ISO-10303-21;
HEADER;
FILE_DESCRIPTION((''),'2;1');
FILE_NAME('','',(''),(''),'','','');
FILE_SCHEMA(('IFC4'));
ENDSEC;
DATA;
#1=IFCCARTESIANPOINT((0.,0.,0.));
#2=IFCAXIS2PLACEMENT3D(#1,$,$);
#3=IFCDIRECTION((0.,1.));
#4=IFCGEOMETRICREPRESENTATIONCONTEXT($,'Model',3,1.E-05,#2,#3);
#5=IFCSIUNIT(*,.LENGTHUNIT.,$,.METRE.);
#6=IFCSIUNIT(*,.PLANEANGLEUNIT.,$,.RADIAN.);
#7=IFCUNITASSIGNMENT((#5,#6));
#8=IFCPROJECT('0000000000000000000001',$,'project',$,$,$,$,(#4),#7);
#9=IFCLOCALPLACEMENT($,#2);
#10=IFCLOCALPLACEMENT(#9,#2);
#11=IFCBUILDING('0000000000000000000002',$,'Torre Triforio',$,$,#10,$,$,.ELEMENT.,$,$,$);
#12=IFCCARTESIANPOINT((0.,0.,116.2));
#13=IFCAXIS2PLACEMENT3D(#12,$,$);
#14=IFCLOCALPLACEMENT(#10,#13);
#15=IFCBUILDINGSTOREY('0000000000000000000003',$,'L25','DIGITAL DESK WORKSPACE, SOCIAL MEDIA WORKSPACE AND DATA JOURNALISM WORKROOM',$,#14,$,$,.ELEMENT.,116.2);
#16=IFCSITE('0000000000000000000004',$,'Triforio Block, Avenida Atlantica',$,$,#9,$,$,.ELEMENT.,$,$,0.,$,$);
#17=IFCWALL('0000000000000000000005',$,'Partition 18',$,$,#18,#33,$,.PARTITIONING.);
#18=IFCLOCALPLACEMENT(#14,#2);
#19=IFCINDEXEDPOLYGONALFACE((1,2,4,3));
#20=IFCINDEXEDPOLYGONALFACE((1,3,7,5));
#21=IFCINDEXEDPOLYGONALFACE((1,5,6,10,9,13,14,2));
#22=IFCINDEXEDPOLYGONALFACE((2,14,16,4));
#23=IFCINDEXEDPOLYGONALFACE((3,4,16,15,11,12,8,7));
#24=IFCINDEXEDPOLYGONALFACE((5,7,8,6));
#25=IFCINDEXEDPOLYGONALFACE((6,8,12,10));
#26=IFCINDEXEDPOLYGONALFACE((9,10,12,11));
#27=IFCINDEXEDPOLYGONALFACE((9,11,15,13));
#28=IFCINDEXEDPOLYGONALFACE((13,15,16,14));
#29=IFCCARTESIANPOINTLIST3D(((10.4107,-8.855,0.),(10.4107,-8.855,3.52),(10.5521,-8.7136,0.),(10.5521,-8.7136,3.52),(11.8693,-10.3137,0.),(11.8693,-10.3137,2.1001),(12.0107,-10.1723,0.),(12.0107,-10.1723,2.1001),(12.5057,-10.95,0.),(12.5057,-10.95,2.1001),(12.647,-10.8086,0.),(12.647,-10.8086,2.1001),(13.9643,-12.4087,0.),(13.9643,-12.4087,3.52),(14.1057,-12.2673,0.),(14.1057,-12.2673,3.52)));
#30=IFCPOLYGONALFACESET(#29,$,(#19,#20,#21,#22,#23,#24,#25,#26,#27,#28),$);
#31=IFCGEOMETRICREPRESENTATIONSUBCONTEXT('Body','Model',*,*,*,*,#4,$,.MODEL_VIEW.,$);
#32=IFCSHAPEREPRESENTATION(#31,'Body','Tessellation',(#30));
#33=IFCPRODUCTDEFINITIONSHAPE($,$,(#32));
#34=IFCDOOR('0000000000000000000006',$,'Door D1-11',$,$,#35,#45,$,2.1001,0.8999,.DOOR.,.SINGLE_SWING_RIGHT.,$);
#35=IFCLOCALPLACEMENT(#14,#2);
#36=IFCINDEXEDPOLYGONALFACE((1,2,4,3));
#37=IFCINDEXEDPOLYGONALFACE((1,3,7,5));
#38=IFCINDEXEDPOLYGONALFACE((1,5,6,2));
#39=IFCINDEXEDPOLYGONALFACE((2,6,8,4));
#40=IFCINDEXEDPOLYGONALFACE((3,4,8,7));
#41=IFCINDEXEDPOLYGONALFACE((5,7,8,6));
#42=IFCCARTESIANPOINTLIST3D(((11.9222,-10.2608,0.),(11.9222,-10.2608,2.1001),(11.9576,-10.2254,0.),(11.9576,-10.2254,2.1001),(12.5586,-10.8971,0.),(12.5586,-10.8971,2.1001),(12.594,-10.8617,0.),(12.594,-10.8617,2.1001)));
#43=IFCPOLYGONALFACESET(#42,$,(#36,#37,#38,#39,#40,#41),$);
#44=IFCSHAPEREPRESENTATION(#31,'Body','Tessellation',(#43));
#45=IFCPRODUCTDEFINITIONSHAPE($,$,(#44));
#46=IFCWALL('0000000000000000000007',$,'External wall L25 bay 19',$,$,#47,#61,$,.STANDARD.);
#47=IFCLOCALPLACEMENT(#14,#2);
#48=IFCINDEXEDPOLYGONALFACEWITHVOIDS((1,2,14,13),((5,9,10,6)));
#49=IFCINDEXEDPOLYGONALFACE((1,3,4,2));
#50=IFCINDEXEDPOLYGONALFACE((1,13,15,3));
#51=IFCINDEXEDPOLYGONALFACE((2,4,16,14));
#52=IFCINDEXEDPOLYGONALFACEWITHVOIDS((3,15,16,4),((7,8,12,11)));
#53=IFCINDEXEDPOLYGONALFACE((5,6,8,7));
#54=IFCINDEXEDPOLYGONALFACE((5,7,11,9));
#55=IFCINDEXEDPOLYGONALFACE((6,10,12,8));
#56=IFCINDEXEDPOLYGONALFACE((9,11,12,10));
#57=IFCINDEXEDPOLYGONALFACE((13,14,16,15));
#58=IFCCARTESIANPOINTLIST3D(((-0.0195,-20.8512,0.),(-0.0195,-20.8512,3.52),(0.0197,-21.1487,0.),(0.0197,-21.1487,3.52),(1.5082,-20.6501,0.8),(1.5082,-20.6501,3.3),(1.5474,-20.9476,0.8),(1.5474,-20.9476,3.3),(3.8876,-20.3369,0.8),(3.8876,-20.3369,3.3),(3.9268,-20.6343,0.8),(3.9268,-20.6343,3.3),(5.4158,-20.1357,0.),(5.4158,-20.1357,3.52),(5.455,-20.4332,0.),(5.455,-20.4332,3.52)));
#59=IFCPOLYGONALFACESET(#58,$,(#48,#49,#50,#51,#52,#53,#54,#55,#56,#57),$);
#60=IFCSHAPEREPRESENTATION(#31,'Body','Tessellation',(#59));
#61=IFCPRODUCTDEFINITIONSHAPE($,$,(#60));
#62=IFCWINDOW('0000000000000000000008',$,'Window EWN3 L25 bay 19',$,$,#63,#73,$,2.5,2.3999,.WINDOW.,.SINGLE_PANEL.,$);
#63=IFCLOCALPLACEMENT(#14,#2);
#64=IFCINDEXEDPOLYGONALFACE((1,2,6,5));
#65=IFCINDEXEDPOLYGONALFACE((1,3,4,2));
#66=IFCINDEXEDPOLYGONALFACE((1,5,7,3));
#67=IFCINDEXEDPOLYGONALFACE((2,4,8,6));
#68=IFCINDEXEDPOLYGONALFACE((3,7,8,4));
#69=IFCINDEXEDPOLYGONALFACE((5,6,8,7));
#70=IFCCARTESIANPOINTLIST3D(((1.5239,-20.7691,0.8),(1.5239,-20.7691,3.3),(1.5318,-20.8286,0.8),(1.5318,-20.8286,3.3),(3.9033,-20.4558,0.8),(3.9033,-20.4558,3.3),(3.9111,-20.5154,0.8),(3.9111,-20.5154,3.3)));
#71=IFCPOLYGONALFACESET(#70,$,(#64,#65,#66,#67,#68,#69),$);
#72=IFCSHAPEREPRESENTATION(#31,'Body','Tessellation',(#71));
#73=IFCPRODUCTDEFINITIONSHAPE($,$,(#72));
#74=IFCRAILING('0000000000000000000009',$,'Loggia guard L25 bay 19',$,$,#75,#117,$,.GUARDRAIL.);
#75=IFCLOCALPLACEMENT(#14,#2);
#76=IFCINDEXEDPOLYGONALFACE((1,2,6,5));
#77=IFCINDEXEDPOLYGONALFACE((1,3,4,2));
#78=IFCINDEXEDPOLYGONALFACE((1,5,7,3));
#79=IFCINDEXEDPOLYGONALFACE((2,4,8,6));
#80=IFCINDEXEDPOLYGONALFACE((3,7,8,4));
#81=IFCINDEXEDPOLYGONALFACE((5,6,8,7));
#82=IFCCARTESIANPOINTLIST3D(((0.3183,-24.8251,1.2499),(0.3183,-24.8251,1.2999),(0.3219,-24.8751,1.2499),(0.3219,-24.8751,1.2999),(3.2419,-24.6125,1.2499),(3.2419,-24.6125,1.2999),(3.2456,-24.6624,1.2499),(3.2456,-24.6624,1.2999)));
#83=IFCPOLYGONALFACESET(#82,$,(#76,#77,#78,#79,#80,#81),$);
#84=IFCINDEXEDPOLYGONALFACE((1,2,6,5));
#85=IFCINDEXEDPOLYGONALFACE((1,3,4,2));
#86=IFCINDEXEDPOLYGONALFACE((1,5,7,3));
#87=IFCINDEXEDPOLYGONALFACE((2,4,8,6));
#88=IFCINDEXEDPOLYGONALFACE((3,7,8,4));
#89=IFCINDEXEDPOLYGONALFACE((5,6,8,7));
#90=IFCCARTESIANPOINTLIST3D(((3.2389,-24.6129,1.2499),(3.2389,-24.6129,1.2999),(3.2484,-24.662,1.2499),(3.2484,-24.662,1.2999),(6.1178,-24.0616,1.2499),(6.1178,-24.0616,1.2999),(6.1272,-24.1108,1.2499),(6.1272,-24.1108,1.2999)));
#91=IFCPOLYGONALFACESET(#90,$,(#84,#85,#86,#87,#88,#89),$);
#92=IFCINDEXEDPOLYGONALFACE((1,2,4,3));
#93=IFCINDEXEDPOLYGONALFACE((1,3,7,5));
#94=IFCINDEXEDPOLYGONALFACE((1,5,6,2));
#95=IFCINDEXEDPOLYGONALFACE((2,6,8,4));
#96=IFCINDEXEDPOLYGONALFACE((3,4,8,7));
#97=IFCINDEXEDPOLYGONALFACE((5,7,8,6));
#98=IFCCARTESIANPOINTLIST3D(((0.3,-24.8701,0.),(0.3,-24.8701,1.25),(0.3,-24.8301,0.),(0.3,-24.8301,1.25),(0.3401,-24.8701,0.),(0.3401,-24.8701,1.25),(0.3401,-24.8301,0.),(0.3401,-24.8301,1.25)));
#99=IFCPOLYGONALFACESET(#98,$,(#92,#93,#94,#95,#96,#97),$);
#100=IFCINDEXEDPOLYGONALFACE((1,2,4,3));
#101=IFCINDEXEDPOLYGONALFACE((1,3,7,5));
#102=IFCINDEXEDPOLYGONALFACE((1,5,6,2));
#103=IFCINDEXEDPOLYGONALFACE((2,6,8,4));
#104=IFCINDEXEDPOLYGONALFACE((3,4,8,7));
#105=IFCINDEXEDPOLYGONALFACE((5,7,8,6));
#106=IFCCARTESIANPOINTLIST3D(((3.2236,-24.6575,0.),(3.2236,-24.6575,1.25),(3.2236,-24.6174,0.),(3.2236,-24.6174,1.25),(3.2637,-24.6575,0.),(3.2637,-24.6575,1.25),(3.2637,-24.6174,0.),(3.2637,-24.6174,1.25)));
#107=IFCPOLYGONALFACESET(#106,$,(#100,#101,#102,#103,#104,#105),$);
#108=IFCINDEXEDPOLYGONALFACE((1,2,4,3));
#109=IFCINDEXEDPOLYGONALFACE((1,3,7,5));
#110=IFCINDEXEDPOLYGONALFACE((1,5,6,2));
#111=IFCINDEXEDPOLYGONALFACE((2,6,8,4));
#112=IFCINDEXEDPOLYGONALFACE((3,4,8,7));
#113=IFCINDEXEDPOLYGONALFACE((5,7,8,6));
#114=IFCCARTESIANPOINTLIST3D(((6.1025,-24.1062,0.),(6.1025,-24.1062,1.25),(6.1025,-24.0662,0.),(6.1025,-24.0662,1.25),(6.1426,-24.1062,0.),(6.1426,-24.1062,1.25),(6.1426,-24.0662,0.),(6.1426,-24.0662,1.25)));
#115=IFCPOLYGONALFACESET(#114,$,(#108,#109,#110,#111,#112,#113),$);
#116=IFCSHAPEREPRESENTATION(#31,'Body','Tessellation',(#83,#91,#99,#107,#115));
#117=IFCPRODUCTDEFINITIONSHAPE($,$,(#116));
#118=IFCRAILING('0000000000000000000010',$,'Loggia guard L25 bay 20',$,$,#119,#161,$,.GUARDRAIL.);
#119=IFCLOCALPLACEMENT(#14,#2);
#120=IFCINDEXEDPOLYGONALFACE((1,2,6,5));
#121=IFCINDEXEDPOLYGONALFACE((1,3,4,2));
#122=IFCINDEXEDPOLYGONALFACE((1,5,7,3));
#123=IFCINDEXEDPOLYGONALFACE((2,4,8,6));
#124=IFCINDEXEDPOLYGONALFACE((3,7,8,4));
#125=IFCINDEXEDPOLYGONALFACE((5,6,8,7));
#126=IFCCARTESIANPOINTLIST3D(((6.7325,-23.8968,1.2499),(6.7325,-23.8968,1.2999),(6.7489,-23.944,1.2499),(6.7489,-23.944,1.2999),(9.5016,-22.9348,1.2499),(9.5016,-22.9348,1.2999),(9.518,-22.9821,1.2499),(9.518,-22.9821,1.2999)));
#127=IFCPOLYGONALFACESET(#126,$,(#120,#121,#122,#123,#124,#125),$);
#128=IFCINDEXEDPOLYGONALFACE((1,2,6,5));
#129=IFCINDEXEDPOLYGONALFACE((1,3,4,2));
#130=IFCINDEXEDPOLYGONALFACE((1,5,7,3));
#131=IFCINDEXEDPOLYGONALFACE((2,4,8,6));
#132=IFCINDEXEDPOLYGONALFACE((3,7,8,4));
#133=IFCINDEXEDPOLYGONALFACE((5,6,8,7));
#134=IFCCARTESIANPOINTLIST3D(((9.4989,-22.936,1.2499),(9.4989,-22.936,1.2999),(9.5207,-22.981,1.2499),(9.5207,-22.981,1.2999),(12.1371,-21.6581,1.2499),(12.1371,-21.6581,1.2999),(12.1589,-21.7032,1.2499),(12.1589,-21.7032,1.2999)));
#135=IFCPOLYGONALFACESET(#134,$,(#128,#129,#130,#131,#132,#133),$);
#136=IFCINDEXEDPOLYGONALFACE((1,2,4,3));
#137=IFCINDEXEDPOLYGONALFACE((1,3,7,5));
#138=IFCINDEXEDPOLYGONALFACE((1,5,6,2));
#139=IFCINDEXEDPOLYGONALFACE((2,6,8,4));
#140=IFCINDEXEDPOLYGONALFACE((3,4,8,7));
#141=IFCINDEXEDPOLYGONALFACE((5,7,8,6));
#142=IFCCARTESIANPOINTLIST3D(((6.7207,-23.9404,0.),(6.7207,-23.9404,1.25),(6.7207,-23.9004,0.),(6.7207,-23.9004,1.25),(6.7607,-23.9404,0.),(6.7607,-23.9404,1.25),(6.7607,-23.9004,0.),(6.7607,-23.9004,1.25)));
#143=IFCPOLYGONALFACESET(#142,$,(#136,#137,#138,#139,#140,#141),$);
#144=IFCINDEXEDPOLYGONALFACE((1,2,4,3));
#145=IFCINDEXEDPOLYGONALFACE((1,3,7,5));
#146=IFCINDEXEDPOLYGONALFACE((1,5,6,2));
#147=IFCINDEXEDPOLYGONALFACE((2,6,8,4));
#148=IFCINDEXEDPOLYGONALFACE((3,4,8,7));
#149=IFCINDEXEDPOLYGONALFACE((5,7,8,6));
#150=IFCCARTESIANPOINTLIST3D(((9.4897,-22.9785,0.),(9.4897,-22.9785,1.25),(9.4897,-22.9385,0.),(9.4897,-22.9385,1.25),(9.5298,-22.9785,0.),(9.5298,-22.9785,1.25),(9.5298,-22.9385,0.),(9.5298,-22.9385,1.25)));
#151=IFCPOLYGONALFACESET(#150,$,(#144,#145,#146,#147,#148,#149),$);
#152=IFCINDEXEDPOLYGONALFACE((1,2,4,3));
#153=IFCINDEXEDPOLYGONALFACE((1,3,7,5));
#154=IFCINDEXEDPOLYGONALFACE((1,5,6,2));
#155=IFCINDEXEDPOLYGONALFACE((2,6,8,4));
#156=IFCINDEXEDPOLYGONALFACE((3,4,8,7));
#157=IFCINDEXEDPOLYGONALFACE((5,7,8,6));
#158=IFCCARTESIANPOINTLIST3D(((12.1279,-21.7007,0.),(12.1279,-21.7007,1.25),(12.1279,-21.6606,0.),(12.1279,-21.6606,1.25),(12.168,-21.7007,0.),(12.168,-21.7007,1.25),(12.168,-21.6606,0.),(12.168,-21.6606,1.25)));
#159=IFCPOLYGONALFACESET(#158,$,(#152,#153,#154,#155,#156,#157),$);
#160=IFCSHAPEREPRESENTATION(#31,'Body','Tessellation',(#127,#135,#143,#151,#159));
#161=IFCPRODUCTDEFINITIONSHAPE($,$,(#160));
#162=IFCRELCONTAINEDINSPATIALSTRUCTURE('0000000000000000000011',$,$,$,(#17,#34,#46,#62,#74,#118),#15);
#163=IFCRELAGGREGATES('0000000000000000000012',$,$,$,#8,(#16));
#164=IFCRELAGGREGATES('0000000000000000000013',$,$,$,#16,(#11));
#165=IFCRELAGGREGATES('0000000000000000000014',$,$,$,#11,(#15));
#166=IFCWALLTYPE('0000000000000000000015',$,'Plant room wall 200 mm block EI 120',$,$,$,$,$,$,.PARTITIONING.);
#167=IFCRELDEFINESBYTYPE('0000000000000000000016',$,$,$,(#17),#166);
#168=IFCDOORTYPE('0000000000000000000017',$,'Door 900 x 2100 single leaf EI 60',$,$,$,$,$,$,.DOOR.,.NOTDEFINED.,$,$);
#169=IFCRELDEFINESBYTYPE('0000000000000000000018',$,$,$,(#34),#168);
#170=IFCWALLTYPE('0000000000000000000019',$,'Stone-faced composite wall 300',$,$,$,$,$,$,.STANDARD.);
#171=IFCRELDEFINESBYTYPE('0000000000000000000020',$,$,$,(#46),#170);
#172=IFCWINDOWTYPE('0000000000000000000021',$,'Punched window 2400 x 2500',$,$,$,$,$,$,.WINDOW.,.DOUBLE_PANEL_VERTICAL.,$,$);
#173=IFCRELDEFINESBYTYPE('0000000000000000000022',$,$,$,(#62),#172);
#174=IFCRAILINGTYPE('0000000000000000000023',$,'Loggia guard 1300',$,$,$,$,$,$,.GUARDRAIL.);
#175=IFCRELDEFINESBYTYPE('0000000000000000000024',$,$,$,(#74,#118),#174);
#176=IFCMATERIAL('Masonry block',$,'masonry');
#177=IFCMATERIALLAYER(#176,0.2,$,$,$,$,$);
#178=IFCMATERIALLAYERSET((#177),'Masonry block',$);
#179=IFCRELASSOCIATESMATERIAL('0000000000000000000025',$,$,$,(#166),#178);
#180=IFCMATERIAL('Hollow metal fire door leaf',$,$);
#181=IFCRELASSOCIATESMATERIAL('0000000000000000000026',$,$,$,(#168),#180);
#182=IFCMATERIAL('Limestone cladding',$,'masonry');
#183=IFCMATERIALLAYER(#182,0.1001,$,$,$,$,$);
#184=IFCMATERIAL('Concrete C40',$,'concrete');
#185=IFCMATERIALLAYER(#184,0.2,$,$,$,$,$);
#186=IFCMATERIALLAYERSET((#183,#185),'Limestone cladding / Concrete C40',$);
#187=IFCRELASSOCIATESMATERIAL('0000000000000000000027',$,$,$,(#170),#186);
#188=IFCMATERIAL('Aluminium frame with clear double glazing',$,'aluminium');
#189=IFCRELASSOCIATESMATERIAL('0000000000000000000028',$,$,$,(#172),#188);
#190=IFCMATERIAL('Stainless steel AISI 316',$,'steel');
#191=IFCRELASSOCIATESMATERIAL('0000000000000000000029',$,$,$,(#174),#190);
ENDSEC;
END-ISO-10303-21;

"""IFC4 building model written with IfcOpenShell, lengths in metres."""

from ifc_helpers import new_model, si_unit, direction, frame, frame_2d, origin, origin_2d, place, context, subcontext, project, spatial, rectangle, extrude, material, layer, layer_set, type_object, element, fill, save


model = new_model("IFC4")

# Units and contexts
model_context = context("Model", 3, precision=1e-05, world=origin(), true_north=direction((0.0, 1.0)))
body_context = subcontext(model_context, "Body", "Model", "MODEL_VIEW")
ifc_project = project(units=[si_unit("LENGTHUNIT", "METRE"), si_unit("PLANEANGLEUNIT", "RADIAN")], contexts=[model_context])

# Site, building, storey
site_placement = place(None, origin())
site = spatial("IfcSite", under=ifc_project, at=site_placement, Name="Triforio Block, Avenida Atlantica", CompositionType="ELEMENT", RefElevation=0.0)
building_placement = place(site_placement, origin())
building = spatial("IfcBuilding", under=site, at=building_placement, Name="Torre Triforio", CompositionType="ELEMENT")
storey_placement = place(building_placement, frame((0.0, 0.0, 116.2)))
storey = spatial("IfcBuildingStorey", under=building, at=storey_placement, Name="L25", Description="DIGITAL DESK WORKSPACE, SOCIAL MEDIA WORKSPACE AND DATA JOURNALISM WORKROOM", CompositionType="ELEMENT", Elevation=116.2)

# Wall, opening, door
ifc_material_1 = material(Name="Masonry block", Category="masonry")
ifc_layer_1 = layer(ifc_material_1, 0.2)
ifc_layer_set_1 = layer_set([ifc_layer_1], Name="Masonry block")
wall_type_1 = type_object("IfcWallType", Name="Plant room wall 200 mm block EI 120", PredefinedType="PARTITIONING", material=ifc_layer_set_1)
wall_1_placement = place(storey_placement, frame((10.4814, -8.7844, 0.0), z_axis=(0.0, 0.0, 1.0), x_axis=(0.707107, -0.707107, 0.0)))
wall_1 = element("IfcWall", 1, at=wall_1_placement, inside=storey, type_object=wall_type_1, Name="Partition 18", PredefinedType="PARTITIONING", context=body_context, shape_type="SweptSolid", body=[
    extrude(rectangle(XDim=5.0256, YDim=0.2, at=frame_2d((2.5127, 0.0))), origin(), (0.0, 0.0, 1.0), 3.52),
])
opening_1_placement = place(wall_1_placement, frame((2.0627, 0.0, 0.0)))
opening_1 = element("IfcOpeningElement", 2, at=opening_1_placement, cuts=wall_1, PredefinedType="OPENING", context=body_context, shape_type="SweptSolid", body=[
    extrude(rectangle(XDim=0.8999, YDim=2.1001, at=frame_2d((0.45, 1.05))), frame((0.0, 0.1099, 0.0), z_axis=(0.0, -1.0, 0.0), x_axis=(1.0, 0.0, 0.0)), (0.0, 0.0, 1.0), 0.22),
])
ifc_material_2 = material(Name="Hollow metal fire door leaf")
door_type_1 = type_object("IfcDoorType", Name="Door 900 x 2100 single leaf EI 60", OperationType="NOTDEFINED", PredefinedType="DOOR", material=ifc_material_2)
door_1_placement = place(opening_1_placement, origin())
door_1 = element("IfcDoor", 3, at=door_1_placement, inside=storey, type_object=door_type_1, Name="Door D1-11", OperationType="SINGLE_SWING_RIGHT", OverallHeight=2.1001, OverallWidth=0.8999, PredefinedType="DOOR", context=body_context, shape_type="SweptSolid", body=[
    extrude(rectangle(XDim=0.8999, YDim=2.1001, at=frame_2d((0.45, 1.05))), frame((0.0, 0.0249, 0.0), z_axis=(0.0, -1.0, 0.0), x_axis=(1.0, 0.0, 0.0)), (0.0, 0.0, 1.0), 0.05),
])
fill(opening_1, door_1)

# Wall, opening, window
ifc_material_3 = material(Name="Limestone cladding", Category="masonry")
ifc_layer_2 = layer(ifc_material_3, 0.1001)
ifc_material_4 = material(Name="Concrete C40", Category="concrete")
ifc_layer_3 = layer(ifc_material_4, 0.2)
ifc_layer_set_2 = layer_set([ifc_layer_2, ifc_layer_3], Name="Limestone cladding / Concrete C40")
wall_type_2 = type_object("IfcWallType", Name="Stone-faced composite wall 300", PredefinedType="STANDARD", material=ifc_layer_set_2)
wall_2_placement = place(storey_placement, frame((0.0, -21.0, 0.0), z_axis=(0.0, 0.0, 1.0), x_axis=(0.991445, 0.130527, 0.0)))
wall_2 = element("IfcWall", 4, at=wall_2_placement, inside=storey, type_object=wall_type_2, Name="External wall L25 bay 19", PredefinedType="STANDARD", context=body_context, shape_type="SweptSolid", body=[
    extrude(rectangle(XDim=5.4822, YDim=0.3, at=frame_2d((2.7412, 0.0))), origin(), (0.0, 0.0, 1.0), 3.52),
])
opening_2_placement = place(wall_2_placement, frame((1.541, 0.0, 0.8)))
opening_2 = element("IfcOpeningElement", 5, at=opening_2_placement, cuts=wall_2, PredefinedType="OPENING", context=body_context, shape_type="SweptSolid", body=[
    extrude(rectangle(XDim=2.3999, YDim=2.5, at=frame_2d((1.2, 1.25))), frame((0.0, 0.1599, 0.0), z_axis=(0.0, -1.0, 0.0), x_axis=(1.0, 0.0, 0.0)), (0.0, 0.0, 1.0), 0.3201),
])
ifc_material_5 = material(Name="Aluminium frame with clear double glazing", Category="aluminium")
window_type_1 = type_object("IfcWindowType", Name="Punched window 2400 x 2500", PartitioningType="DOUBLE_PANEL_VERTICAL", PredefinedType="WINDOW", material=ifc_material_5)
window_1_placement = place(opening_2_placement, origin())
window_1 = element("IfcWindow", 6, at=window_1_placement, inside=storey, type_object=window_type_1, Name="Window EWN3 L25 bay 19", OverallHeight=2.5, OverallWidth=2.3999, PartitioningType="SINGLE_PANEL", PredefinedType="WINDOW", context=body_context, shape_type="SweptSolid", body=[
    extrude(rectangle(XDim=2.3999, YDim=2.5, at=frame_2d((1.2, 1.25))), frame((0.0, 0.03, 0.0), z_axis=(0.0, -1.0, 0.0), x_axis=(1.0, 0.0, 0.0)), (0.0, 0.0, 1.0), 0.0601),
])
fill(opening_2, window_1)

# Railings
ifc_material_6 = material(Name="Stainless steel AISI 316", Category="steel")
railing_type = type_object("IfcRailingType", Name="Loggia guard 1300", PredefinedType="GUARDRAIL", material=ifc_material_6)
railing_1_placement = place(storey_placement, frame((0.3201, -24.8501, 0.0)))
element("IfcRailing", 7, at=railing_1_placement, inside=storey, type_object=railing_type, Name="Loggia guard L25 bay 19", PredefinedType="GUARDRAIL", context=body_context, shape_type="SweptSolid", body=[
    extrude(rectangle(XDim=0.05, YDim=0.05, at=origin_2d()), frame((0.0, 0.0, 1.2749), z_axis=(0.997365, 0.072543, 0.0), x_axis=(-0.072543, 0.997365, 0.0)), (0.0, 0.0, 1.0), 2.9314),
    extrude(rectangle(XDim=0.05, YDim=0.05, at=origin_2d()), frame((2.9236, 0.2126, 1.2749), z_axis=(0.982156, 0.188069, 0.0), x_axis=(-0.188069, 0.982156, 0.0)), (0.0, 0.0, 1.0), 2.9312),
    extrude(rectangle(XDim=0.04, YDim=0.04, at=origin_2d()), origin(), (0.0, 0.0, 1.0), 1.25),
    extrude(rectangle(XDim=0.04, YDim=0.04, at=origin_2d()), frame((2.9236, 0.2126, 0.0)), (0.0, 0.0, 1.0), 1.25),
    extrude(rectangle(XDim=0.04, YDim=0.04, at=origin_2d()), frame((5.8025, 0.7639, 0.0)), (0.0, 0.0, 1.0), 1.25),
])
railing_2_placement = place(storey_placement, frame((6.7407, -23.9204, 0.0)))
element("IfcRailing", 8, at=railing_2_placement, inside=storey, type_object=railing_type, Name="Loggia guard L25 bay 20", PredefinedType="GUARDRAIL", context=body_context, shape_type="SweptSolid", body=[
    extrude(rectangle(XDim=0.05, YDim=0.05, at=origin_2d()), frame((0.0, 0.0, 1.2749), z_axis=(0.944627, 0.328146, 0.0), x_axis=(-0.328146, 0.944627, 0.0)), (0.0, 0.0, 1.0), 2.9314),
    extrude(rectangle(XDim=0.05, YDim=0.05, at=origin_2d()), frame((2.769, 0.9619, 1.2749), z_axis=(0.899986, 0.435918, 0.0), x_axis=(-0.435918, 0.899986, 0.0)), (0.0, 0.0, 1.0), 2.9314),
    extrude(rectangle(XDim=0.04, YDim=0.04, at=origin_2d()), origin(), (0.0, 0.0, 1.0), 1.25),
    extrude(rectangle(XDim=0.04, YDim=0.04, at=origin_2d()), frame((2.769, 0.9619, 0.0)), (0.0, 0.0, 1.0), 1.25),
    extrude(rectangle(XDim=0.04, YDim=0.04, at=origin_2d()), frame((5.4072, 2.2397, 0.0)), (0.0, 0.0, 1.0), 1.25),
])

save(model, "model.ifc")
